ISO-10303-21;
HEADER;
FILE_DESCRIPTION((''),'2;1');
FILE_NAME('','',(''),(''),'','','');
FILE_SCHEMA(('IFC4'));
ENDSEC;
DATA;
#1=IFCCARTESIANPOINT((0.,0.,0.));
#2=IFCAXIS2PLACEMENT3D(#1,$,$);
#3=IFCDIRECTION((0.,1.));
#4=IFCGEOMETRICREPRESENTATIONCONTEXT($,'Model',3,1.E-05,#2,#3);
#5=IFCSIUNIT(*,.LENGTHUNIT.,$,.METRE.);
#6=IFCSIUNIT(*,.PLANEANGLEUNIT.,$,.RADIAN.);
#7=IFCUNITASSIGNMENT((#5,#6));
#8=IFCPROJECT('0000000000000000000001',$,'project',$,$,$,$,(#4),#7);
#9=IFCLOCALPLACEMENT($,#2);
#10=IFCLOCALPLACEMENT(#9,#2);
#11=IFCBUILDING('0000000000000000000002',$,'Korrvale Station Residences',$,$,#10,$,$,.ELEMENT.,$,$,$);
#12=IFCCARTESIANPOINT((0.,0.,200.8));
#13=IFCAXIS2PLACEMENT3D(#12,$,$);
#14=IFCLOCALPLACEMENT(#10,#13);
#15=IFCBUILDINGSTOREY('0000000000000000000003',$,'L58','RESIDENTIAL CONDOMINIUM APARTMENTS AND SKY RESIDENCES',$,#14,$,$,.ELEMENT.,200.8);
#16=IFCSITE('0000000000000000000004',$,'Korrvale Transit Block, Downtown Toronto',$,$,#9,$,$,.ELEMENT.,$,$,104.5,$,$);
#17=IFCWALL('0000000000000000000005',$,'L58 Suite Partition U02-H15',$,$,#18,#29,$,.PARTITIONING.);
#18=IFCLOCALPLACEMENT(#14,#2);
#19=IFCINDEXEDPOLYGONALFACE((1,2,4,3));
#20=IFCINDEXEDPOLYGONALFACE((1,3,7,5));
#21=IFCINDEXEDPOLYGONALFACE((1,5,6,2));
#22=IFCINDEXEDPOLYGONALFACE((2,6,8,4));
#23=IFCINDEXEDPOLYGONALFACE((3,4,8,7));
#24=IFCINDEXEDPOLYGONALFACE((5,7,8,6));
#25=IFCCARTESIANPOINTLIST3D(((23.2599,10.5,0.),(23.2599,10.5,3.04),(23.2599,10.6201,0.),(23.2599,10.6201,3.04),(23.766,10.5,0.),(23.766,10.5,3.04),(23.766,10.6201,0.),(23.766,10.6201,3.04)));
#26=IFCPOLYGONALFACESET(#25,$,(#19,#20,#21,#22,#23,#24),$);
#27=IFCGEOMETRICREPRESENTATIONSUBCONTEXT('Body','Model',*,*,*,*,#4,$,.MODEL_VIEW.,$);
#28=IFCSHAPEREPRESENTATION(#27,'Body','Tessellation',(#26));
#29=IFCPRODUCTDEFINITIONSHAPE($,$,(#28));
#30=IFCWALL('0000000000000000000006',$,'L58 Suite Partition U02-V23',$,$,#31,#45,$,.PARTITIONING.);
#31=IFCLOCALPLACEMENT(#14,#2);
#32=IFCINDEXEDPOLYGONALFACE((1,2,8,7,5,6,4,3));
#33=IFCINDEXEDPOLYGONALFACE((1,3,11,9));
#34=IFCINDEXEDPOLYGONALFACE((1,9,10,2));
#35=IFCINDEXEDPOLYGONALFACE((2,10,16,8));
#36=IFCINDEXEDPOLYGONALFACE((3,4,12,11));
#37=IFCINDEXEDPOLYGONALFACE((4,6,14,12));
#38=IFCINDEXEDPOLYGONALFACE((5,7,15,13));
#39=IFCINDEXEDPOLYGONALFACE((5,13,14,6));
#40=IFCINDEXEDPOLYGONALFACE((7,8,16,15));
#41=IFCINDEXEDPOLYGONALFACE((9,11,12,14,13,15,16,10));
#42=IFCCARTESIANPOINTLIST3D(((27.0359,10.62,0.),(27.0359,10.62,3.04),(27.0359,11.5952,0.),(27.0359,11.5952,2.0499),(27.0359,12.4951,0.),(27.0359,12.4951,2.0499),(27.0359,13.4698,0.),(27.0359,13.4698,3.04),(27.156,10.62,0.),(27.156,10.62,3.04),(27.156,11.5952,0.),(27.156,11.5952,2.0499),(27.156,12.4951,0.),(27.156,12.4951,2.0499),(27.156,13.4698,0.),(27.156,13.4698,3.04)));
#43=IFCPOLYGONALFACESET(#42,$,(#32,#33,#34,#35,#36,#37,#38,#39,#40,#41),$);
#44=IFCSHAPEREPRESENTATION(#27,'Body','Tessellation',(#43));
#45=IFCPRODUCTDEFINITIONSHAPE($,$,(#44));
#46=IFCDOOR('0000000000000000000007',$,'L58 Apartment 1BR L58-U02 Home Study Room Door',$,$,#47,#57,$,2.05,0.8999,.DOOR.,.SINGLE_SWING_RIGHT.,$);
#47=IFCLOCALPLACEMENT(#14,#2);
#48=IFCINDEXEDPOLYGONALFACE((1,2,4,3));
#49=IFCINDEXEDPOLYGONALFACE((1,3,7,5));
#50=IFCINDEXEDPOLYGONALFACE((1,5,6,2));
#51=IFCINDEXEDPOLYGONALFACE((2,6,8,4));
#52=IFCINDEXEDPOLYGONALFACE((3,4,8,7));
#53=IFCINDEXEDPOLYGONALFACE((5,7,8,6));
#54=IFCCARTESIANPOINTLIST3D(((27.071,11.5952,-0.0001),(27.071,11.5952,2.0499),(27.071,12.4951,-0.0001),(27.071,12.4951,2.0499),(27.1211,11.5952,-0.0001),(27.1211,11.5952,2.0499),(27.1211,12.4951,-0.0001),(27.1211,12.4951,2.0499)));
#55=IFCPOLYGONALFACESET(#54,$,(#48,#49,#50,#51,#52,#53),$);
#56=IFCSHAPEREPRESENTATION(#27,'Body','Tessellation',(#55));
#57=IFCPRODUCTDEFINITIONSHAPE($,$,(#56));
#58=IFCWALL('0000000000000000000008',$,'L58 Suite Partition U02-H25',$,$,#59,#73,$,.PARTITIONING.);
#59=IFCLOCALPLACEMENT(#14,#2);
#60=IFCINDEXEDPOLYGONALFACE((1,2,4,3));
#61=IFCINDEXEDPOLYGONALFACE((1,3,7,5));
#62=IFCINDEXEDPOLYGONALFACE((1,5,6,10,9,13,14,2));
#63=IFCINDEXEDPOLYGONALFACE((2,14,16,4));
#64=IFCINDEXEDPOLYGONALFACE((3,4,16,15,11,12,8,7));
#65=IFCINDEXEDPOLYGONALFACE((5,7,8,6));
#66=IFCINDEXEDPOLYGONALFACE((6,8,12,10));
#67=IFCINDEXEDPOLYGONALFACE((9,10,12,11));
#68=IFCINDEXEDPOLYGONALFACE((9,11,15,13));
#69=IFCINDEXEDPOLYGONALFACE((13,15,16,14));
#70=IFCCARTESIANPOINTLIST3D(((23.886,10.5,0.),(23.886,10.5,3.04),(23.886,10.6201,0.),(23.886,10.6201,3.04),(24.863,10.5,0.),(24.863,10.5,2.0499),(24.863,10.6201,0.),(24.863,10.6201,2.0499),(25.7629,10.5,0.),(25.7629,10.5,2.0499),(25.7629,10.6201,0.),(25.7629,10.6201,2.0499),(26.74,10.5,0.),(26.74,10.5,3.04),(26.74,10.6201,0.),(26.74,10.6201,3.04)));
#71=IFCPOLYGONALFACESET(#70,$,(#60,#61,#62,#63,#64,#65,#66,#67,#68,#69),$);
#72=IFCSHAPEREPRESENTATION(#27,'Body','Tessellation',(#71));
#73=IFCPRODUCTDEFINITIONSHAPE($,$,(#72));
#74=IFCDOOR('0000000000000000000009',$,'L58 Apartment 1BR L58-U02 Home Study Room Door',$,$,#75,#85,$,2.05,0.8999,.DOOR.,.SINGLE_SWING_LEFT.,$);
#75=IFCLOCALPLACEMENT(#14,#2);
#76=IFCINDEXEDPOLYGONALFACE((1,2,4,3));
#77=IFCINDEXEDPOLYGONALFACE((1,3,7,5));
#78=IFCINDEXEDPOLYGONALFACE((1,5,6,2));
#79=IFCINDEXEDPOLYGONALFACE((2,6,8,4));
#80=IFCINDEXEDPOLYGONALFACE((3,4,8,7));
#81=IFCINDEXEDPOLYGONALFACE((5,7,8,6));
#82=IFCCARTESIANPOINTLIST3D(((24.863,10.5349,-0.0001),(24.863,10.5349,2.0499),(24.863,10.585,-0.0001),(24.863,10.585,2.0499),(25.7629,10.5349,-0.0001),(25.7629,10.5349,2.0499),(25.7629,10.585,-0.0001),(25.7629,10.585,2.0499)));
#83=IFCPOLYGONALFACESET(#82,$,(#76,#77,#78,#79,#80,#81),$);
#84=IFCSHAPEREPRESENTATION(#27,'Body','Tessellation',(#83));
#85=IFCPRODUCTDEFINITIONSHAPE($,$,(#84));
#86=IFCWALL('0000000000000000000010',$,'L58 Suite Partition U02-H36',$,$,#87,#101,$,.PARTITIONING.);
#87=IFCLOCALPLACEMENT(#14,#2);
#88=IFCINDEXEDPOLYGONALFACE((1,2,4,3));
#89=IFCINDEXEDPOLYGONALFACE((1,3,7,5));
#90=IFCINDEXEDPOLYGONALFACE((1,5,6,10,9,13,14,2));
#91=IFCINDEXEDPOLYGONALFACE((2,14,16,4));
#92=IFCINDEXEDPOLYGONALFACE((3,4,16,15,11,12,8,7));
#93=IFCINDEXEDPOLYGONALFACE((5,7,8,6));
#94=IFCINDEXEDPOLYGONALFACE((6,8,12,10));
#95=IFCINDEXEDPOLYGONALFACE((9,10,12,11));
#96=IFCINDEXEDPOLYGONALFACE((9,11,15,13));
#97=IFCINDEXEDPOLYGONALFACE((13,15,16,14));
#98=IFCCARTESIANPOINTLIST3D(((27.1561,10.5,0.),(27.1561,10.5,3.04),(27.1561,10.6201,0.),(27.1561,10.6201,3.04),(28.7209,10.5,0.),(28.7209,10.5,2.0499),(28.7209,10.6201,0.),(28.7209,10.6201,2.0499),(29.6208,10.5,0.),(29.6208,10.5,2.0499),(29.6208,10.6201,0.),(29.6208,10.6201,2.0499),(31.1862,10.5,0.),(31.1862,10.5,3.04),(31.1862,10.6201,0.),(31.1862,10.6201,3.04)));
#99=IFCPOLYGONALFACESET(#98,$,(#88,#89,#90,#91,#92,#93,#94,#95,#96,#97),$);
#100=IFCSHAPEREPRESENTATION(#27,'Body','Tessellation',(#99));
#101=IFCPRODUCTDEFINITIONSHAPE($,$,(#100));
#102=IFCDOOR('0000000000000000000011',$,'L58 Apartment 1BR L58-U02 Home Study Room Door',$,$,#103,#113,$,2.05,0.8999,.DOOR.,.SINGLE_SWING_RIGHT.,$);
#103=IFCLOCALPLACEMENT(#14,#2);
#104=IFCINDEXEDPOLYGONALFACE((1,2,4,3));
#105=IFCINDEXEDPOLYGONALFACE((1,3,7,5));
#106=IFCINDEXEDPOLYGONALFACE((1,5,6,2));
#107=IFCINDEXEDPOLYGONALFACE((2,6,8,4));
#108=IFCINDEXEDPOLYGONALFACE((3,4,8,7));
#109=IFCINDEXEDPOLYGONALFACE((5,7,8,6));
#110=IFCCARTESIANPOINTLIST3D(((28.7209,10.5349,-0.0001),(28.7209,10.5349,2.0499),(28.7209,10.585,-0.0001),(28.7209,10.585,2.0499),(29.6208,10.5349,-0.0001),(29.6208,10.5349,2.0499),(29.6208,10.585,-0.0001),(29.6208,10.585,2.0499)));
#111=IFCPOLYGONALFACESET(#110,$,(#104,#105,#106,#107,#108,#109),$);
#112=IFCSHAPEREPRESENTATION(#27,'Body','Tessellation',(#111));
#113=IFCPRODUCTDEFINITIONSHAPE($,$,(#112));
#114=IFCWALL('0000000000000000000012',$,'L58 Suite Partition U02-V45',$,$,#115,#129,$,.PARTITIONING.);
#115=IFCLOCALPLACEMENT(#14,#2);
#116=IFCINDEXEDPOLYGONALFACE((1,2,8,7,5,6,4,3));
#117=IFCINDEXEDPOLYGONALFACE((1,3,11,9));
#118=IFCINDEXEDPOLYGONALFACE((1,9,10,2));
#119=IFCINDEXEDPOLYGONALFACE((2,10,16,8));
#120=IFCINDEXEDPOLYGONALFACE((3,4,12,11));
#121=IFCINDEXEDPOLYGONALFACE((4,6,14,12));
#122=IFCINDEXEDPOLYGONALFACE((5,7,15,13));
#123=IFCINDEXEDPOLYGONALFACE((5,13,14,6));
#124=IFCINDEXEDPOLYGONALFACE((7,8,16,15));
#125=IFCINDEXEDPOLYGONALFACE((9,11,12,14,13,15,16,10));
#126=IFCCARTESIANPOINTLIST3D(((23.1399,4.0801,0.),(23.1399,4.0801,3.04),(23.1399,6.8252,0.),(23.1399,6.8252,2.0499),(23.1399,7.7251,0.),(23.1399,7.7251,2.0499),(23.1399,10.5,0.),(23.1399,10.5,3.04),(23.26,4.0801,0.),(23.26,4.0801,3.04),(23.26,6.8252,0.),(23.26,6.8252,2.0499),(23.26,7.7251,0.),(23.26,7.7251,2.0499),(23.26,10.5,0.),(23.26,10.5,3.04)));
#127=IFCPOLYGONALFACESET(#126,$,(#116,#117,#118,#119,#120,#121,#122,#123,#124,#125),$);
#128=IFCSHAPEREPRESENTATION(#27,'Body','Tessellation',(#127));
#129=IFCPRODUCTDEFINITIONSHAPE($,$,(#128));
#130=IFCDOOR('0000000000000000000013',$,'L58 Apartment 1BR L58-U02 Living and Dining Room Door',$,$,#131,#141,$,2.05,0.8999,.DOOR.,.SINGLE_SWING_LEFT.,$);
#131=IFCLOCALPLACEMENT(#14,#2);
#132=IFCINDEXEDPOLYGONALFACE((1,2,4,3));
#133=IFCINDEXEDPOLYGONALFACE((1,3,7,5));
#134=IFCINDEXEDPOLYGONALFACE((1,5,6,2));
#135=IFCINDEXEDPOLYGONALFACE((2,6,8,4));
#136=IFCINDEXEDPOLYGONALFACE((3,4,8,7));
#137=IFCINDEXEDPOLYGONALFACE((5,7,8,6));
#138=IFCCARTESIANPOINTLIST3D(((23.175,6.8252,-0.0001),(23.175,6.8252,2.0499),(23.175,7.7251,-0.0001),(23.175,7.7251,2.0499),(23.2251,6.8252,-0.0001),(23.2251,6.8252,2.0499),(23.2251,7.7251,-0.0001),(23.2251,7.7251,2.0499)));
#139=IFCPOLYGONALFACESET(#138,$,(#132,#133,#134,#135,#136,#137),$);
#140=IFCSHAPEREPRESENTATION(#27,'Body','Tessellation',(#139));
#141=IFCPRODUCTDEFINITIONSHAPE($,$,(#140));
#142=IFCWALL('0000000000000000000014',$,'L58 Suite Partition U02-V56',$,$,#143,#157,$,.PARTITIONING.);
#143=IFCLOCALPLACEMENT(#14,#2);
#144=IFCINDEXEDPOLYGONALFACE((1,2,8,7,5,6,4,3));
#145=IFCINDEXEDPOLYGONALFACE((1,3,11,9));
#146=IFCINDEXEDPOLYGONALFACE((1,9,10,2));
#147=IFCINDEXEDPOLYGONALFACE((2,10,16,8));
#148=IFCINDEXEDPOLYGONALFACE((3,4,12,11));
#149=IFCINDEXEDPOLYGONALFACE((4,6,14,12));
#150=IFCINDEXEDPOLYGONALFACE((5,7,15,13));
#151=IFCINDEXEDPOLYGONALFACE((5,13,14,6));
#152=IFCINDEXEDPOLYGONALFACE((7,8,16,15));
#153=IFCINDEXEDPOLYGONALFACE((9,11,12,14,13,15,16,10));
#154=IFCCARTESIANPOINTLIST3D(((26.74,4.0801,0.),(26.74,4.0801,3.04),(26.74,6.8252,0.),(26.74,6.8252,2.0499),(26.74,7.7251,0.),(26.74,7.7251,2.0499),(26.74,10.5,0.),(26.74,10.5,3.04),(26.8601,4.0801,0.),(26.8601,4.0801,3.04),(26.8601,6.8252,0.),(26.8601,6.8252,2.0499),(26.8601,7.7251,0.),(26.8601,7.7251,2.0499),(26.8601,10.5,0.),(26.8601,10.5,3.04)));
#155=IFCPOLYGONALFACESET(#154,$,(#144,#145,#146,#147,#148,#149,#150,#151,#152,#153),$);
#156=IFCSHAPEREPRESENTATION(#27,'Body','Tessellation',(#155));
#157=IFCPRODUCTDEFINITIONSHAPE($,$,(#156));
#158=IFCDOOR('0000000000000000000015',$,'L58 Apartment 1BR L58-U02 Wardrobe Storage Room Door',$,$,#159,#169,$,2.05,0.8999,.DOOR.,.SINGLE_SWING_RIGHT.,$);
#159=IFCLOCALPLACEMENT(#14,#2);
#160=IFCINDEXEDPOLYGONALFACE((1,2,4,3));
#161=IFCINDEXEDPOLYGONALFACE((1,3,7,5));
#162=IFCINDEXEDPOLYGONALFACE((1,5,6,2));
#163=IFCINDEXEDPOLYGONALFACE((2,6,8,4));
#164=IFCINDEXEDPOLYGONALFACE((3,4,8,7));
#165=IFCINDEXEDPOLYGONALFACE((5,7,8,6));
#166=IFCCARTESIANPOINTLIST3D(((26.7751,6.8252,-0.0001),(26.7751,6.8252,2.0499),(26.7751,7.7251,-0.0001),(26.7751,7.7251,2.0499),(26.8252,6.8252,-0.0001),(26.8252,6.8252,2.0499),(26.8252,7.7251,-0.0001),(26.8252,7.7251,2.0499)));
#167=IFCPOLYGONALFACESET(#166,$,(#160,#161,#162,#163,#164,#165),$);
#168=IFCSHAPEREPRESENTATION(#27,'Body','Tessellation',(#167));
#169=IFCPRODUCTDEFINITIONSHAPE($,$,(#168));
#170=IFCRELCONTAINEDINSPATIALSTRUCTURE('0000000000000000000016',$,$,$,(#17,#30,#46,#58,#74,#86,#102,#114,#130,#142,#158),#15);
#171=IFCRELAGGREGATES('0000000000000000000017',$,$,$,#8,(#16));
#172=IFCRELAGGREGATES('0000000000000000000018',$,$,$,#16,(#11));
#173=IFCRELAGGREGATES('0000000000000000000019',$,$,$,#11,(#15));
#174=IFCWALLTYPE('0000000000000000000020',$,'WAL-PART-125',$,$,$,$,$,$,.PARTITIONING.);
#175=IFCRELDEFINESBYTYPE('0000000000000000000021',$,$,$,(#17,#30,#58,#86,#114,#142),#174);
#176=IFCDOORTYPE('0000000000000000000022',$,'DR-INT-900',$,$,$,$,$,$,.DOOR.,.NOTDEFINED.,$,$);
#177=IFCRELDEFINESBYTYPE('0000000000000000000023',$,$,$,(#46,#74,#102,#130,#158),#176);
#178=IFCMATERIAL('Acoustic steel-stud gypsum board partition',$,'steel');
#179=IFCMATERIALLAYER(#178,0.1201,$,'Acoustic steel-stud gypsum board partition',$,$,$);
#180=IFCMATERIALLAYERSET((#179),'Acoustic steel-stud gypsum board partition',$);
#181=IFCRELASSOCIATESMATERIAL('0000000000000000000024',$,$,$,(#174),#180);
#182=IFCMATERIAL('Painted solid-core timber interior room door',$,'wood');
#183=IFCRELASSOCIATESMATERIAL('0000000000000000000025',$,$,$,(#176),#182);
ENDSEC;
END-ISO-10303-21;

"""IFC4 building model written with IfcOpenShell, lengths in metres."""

from ifc_helpers import new_model, si_unit, direction, frame, frame_2d, origin, place, context, subcontext, project, spatial, rectangle, extrude, material, layer, layer_set, type_object, element, fill, save


model = new_model("IFC4")

# Units and contexts
model_context = context("Model", 3, precision=1e-05, world=origin(), true_north=direction((0.0, 1.0)))
body_context = subcontext(model_context, "Body", "Model", "MODEL_VIEW")
ifc_project = project(units=[si_unit("LENGTHUNIT", "METRE"), si_unit("PLANEANGLEUNIT", "RADIAN")], contexts=[model_context])

# Site, building, storey
site_placement = place(None, origin())
site = spatial("IfcSite", under=ifc_project, at=site_placement, Name="Korrvale Transit Block, Downtown Toronto", CompositionType="ELEMENT", RefElevation=104.5)
building_placement = place(site_placement, origin())
building = spatial("IfcBuilding", under=site, at=building_placement, Name="Korrvale Station Residences", CompositionType="ELEMENT")
storey_placement = place(building_placement, frame((0.0, 0.0, 200.8)))
storey = spatial("IfcBuildingStorey", under=building, at=storey_placement, Name="L58", Description="RESIDENTIAL CONDOMINIUM APARTMENTS AND SKY RESIDENCES", CompositionType="ELEMENT", Elevation=200.8)

# Shared definitions
ifc_material_1 = material(Name="Acoustic steel-stud gypsum board partition", Category="steel")
ifc_layer_1 = layer(ifc_material_1, 0.1201, Name="Acoustic steel-stud gypsum board partition")
ifc_layer_set_1 = layer_set([ifc_layer_1], Name="Acoustic steel-stud gypsum board partition")
wall_type_1 = type_object("IfcWallType", Name="WAL-PART-125", PredefinedType="PARTITIONING", material=ifc_layer_set_1)
ifc_material_2 = material(Name="Painted solid-core timber interior room door", Category="wood")
door_type = type_object("IfcDoorType", Name="DR-INT-900", OperationType="NOTDEFINED", PredefinedType="DOOR", material=ifc_material_2)

# Wall
wall_1_placement = place(storey_placement, frame((23.26, 10.5601, 0.0), z_axis=(0.0, 0.0, 1.0), x_axis=(1.0, 0.0, 0.0)))
element("IfcWall", 1, at=wall_1_placement, inside=storey, type_object=wall_type_1, Name="L58 Suite Partition U02-H15", PredefinedType="PARTITIONING", context=body_context, shape_type="SweptSolid", body=[
    extrude(rectangle(XDim=0.5061, YDim=0.1201, at=frame_2d((0.2529, 0.0))), origin(), (0.0, 0.0, 1.0), 3.04),
])

# Walls, openings, doors
wall_2_placement = place(storey_placement, frame((27.0959, 10.6201, 0.0), z_axis=(0.0, 0.0, 1.0), x_axis=(0.0, 1.0, 0.0)))
wall_2 = element("IfcWall", 2, at=wall_2_placement, inside=storey, type_object=wall_type_1, Name="L58 Suite Partition U02-V23", PredefinedType="PARTITIONING", context=body_context, shape_type="SweptSolid", body=[
    extrude(rectangle(XDim=2.8499, YDim=0.1201, at=frame_2d((1.4248, 0.0))), origin(), (0.0, 0.0, 1.0), 3.04),
])
opening_1_placement = place(wall_2_placement, frame((0.9751, 0.0, 0.0)))
opening_1 = element("IfcOpeningElement", 3, at=opening_1_placement, cuts=wall_2, PredefinedType="OPENING", context=body_context, shape_type="SweptSolid", body=[
    extrude(rectangle(XDim=0.8999, YDim=2.05, at=frame_2d((0.45, 1.0249))), frame((0.0, 0.0701, 0.0), z_axis=(0.0, -1.0, 0.0), x_axis=(1.0, 0.0, 0.0)), (0.0, 0.0, 1.0), 0.1401),
])
door_1_placement = place(opening_1_placement, origin())
door_1 = element("IfcDoor", 4, at=door_1_placement, inside=storey, type_object=door_type, Name="L58 Apartment 1BR L58-U02 Home Study Room Door", OperationType="SINGLE_SWING_RIGHT", OverallHeight=2.05, OverallWidth=0.8999, PredefinedType="DOOR", context=body_context, shape_type="SweptSolid", body=[
    extrude(rectangle(XDim=0.8999, YDim=2.05, at=frame_2d((0.45, 1.0249))), frame((0.0, 0.0249, 0.0), z_axis=(0.0, -1.0, 0.0), x_axis=(1.0, 0.0, 0.0)), (0.0, 0.0, 1.0), 0.05),
])
fill(opening_1, door_1)
wall_3_placement = place(storey_placement, frame((23.886, 10.5601, 0.0), z_axis=(0.0, 0.0, 1.0), x_axis=(1.0, 0.0, 0.0)))
wall_3 = element("IfcWall", 5, at=wall_3_placement, inside=storey, type_object=wall_type_1, Name="L58 Suite Partition U02-H25", PredefinedType="PARTITIONING", context=body_context, shape_type="SweptSolid", body=[
    extrude(rectangle(XDim=2.854, YDim=0.1201, at=frame_2d((1.427, 0.0))), origin(), (0.0, 0.0, 1.0), 3.04),
])
opening_2_placement = place(wall_3_placement, frame((0.9771, 0.0, 0.0)))
opening_2 = element("IfcOpeningElement", 6, at=opening_2_placement, cuts=wall_3, PredefinedType="OPENING", context=body_context, shape_type="SweptSolid", body=[
    extrude(rectangle(XDim=0.8999, YDim=2.05, at=frame_2d((0.45, 1.0249))), frame((0.0, 0.0701, 0.0), z_axis=(0.0, -1.0, 0.0), x_axis=(1.0, 0.0, 0.0)), (0.0, 0.0, 1.0), 0.1401),
])
door_2_placement = place(opening_2_placement, origin())
door_2 = element("IfcDoor", 7, at=door_2_placement, inside=storey, type_object=door_type, Name="L58 Apartment 1BR L58-U02 Home Study Room Door", OperationType="SINGLE_SWING_LEFT", OverallHeight=2.05, OverallWidth=0.8999, PredefinedType="DOOR", context=body_context, shape_type="SweptSolid", body=[
    extrude(rectangle(XDim=0.8999, YDim=2.05, at=frame_2d((0.45, 1.0249))), frame((0.0, 0.0249, 0.0), z_axis=(0.0, -1.0, 0.0), x_axis=(1.0, 0.0, 0.0)), (0.0, 0.0, 1.0), 0.05),
])
fill(opening_2, door_2)
wall_4_placement = place(storey_placement, frame((27.156, 10.5601, 0.0), z_axis=(0.0, 0.0, 1.0), x_axis=(1.0, 0.0, 0.0)))
wall_4 = element("IfcWall", 8, at=wall_4_placement, inside=storey, type_object=wall_type_1, Name="L58 Suite Partition U02-H36", PredefinedType="PARTITIONING", context=body_context, shape_type="SweptSolid", body=[
    extrude(rectangle(XDim=4.03, YDim=0.1201, at=frame_2d((2.0151, 0.0))), origin(), (0.0, 0.0, 1.0), 3.04),
])
opening_3_placement = place(wall_4_placement, frame((1.5649, 0.0, 0.0)))
opening_3 = element("IfcOpeningElement", 9, at=opening_3_placement, cuts=wall_4, PredefinedType="OPENING", context=body_context, shape_type="SweptSolid", body=[
    extrude(rectangle(XDim=0.8999, YDim=2.05, at=frame_2d((0.45, 1.0249))), frame((0.0, 0.0701, 0.0), z_axis=(0.0, -1.0, 0.0), x_axis=(1.0, 0.0, 0.0)), (0.0, 0.0, 1.0), 0.1401),
])
door_3_placement = place(opening_3_placement, origin())
door_3 = element("IfcDoor", 10, at=door_3_placement, inside=storey, type_object=door_type, Name="L58 Apartment 1BR L58-U02 Home Study Room Door", OperationType="SINGLE_SWING_RIGHT", OverallHeight=2.05, OverallWidth=0.8999, PredefinedType="DOOR", context=body_context, shape_type="SweptSolid", body=[
    extrude(rectangle(XDim=0.8999, YDim=2.05, at=frame_2d((0.45, 1.0249))), frame((0.0, 0.0249, 0.0), z_axis=(0.0, -1.0, 0.0), x_axis=(1.0, 0.0, 0.0)), (0.0, 0.0, 1.0), 0.05),
])
fill(opening_3, door_3)
wall_5_placement = place(storey_placement, frame((23.2, 4.0801, 0.0), z_axis=(0.0, 0.0, 1.0), x_axis=(0.0, 1.0, 0.0)))
wall_5 = element("IfcWall", 11, at=wall_5_placement, inside=storey, type_object=wall_type_1, Name="L58 Suite Partition U02-V45", PredefinedType="PARTITIONING", context=body_context, shape_type="SweptSolid", body=[
    extrude(rectangle(XDim=6.4199, YDim=0.1201, at=frame_2d((3.21, 0.0))), origin(), (0.0, 0.0, 1.0), 3.04),
])
opening_4_placement = place(wall_5_placement, frame((2.7451, 0.0, 0.0)))
opening_4 = element("IfcOpeningElement", 12, at=opening_4_placement, cuts=wall_5, PredefinedType="OPENING", context=body_context, shape_type="SweptSolid", body=[
    extrude(rectangle(XDim=0.8999, YDim=2.05, at=frame_2d((0.45, 1.0249))), frame((0.0, 0.0701, 0.0), z_axis=(0.0, -1.0, 0.0), x_axis=(1.0, 0.0, 0.0)), (0.0, 0.0, 1.0), 0.1401),
])
door_4_placement = place(opening_4_placement, origin())
door_4 = element("IfcDoor", 13, at=door_4_placement, inside=storey, type_object=door_type, Name="L58 Apartment 1BR L58-U02 Living and Dining Room Door", OperationType="SINGLE_SWING_LEFT", OverallHeight=2.05, OverallWidth=0.8999, PredefinedType="DOOR", context=body_context, shape_type="SweptSolid", body=[
    extrude(rectangle(XDim=0.8999, YDim=2.05, at=frame_2d((0.45, 1.0249))), frame((0.0, 0.0249, 0.0), z_axis=(0.0, -1.0, 0.0), x_axis=(1.0, 0.0, 0.0)), (0.0, 0.0, 1.0), 0.05),
])
fill(opening_4, door_4)
wall_6_placement = place(storey_placement, frame((26.8, 4.0801, 0.0), z_axis=(0.0, 0.0, 1.0), x_axis=(0.0, 1.0, 0.0)))
wall_6 = element("IfcWall", 14, at=wall_6_placement, inside=storey, type_object=wall_type_1, Name="L58 Suite Partition U02-V56", PredefinedType="PARTITIONING", context=body_context, shape_type="SweptSolid", body=[
    extrude(rectangle(XDim=6.4199, YDim=0.1201, at=frame_2d((3.21, 0.0))), origin(), (0.0, 0.0, 1.0), 3.04),
])
opening_5_placement = place(wall_6_placement, frame((2.7451, 0.0, 0.0)))
opening_5 = element("IfcOpeningElement", 15, at=opening_5_placement, cuts=wall_6, PredefinedType="OPENING", context=body_context, shape_type="SweptSolid", body=[
    extrude(rectangle(XDim=0.8999, YDim=2.05, at=frame_2d((0.45, 1.0249))), frame((0.0, 0.0701, 0.0), z_axis=(0.0, -1.0, 0.0), x_axis=(1.0, 0.0, 0.0)), (0.0, 0.0, 1.0), 0.1401),
])
door_5_placement = place(opening_5_placement, origin())
door_5 = element("IfcDoor", 16, at=door_5_placement, inside=storey, type_object=door_type, Name="L58 Apartment 1BR L58-U02 Wardrobe Storage Room Door", OperationType="SINGLE_SWING_RIGHT", OverallHeight=2.05, OverallWidth=0.8999, PredefinedType="DOOR", context=body_context, shape_type="SweptSolid", body=[
    extrude(rectangle(XDim=0.8999, YDim=2.05, at=frame_2d((0.45, 1.0249))), frame((0.0, 0.0249, 0.0), z_axis=(0.0, -1.0, 0.0), x_axis=(1.0, 0.0, 0.0)), (0.0, 0.0, 1.0), 0.05),
])
fill(opening_5, door_5)

save(model, "model.ifc")
